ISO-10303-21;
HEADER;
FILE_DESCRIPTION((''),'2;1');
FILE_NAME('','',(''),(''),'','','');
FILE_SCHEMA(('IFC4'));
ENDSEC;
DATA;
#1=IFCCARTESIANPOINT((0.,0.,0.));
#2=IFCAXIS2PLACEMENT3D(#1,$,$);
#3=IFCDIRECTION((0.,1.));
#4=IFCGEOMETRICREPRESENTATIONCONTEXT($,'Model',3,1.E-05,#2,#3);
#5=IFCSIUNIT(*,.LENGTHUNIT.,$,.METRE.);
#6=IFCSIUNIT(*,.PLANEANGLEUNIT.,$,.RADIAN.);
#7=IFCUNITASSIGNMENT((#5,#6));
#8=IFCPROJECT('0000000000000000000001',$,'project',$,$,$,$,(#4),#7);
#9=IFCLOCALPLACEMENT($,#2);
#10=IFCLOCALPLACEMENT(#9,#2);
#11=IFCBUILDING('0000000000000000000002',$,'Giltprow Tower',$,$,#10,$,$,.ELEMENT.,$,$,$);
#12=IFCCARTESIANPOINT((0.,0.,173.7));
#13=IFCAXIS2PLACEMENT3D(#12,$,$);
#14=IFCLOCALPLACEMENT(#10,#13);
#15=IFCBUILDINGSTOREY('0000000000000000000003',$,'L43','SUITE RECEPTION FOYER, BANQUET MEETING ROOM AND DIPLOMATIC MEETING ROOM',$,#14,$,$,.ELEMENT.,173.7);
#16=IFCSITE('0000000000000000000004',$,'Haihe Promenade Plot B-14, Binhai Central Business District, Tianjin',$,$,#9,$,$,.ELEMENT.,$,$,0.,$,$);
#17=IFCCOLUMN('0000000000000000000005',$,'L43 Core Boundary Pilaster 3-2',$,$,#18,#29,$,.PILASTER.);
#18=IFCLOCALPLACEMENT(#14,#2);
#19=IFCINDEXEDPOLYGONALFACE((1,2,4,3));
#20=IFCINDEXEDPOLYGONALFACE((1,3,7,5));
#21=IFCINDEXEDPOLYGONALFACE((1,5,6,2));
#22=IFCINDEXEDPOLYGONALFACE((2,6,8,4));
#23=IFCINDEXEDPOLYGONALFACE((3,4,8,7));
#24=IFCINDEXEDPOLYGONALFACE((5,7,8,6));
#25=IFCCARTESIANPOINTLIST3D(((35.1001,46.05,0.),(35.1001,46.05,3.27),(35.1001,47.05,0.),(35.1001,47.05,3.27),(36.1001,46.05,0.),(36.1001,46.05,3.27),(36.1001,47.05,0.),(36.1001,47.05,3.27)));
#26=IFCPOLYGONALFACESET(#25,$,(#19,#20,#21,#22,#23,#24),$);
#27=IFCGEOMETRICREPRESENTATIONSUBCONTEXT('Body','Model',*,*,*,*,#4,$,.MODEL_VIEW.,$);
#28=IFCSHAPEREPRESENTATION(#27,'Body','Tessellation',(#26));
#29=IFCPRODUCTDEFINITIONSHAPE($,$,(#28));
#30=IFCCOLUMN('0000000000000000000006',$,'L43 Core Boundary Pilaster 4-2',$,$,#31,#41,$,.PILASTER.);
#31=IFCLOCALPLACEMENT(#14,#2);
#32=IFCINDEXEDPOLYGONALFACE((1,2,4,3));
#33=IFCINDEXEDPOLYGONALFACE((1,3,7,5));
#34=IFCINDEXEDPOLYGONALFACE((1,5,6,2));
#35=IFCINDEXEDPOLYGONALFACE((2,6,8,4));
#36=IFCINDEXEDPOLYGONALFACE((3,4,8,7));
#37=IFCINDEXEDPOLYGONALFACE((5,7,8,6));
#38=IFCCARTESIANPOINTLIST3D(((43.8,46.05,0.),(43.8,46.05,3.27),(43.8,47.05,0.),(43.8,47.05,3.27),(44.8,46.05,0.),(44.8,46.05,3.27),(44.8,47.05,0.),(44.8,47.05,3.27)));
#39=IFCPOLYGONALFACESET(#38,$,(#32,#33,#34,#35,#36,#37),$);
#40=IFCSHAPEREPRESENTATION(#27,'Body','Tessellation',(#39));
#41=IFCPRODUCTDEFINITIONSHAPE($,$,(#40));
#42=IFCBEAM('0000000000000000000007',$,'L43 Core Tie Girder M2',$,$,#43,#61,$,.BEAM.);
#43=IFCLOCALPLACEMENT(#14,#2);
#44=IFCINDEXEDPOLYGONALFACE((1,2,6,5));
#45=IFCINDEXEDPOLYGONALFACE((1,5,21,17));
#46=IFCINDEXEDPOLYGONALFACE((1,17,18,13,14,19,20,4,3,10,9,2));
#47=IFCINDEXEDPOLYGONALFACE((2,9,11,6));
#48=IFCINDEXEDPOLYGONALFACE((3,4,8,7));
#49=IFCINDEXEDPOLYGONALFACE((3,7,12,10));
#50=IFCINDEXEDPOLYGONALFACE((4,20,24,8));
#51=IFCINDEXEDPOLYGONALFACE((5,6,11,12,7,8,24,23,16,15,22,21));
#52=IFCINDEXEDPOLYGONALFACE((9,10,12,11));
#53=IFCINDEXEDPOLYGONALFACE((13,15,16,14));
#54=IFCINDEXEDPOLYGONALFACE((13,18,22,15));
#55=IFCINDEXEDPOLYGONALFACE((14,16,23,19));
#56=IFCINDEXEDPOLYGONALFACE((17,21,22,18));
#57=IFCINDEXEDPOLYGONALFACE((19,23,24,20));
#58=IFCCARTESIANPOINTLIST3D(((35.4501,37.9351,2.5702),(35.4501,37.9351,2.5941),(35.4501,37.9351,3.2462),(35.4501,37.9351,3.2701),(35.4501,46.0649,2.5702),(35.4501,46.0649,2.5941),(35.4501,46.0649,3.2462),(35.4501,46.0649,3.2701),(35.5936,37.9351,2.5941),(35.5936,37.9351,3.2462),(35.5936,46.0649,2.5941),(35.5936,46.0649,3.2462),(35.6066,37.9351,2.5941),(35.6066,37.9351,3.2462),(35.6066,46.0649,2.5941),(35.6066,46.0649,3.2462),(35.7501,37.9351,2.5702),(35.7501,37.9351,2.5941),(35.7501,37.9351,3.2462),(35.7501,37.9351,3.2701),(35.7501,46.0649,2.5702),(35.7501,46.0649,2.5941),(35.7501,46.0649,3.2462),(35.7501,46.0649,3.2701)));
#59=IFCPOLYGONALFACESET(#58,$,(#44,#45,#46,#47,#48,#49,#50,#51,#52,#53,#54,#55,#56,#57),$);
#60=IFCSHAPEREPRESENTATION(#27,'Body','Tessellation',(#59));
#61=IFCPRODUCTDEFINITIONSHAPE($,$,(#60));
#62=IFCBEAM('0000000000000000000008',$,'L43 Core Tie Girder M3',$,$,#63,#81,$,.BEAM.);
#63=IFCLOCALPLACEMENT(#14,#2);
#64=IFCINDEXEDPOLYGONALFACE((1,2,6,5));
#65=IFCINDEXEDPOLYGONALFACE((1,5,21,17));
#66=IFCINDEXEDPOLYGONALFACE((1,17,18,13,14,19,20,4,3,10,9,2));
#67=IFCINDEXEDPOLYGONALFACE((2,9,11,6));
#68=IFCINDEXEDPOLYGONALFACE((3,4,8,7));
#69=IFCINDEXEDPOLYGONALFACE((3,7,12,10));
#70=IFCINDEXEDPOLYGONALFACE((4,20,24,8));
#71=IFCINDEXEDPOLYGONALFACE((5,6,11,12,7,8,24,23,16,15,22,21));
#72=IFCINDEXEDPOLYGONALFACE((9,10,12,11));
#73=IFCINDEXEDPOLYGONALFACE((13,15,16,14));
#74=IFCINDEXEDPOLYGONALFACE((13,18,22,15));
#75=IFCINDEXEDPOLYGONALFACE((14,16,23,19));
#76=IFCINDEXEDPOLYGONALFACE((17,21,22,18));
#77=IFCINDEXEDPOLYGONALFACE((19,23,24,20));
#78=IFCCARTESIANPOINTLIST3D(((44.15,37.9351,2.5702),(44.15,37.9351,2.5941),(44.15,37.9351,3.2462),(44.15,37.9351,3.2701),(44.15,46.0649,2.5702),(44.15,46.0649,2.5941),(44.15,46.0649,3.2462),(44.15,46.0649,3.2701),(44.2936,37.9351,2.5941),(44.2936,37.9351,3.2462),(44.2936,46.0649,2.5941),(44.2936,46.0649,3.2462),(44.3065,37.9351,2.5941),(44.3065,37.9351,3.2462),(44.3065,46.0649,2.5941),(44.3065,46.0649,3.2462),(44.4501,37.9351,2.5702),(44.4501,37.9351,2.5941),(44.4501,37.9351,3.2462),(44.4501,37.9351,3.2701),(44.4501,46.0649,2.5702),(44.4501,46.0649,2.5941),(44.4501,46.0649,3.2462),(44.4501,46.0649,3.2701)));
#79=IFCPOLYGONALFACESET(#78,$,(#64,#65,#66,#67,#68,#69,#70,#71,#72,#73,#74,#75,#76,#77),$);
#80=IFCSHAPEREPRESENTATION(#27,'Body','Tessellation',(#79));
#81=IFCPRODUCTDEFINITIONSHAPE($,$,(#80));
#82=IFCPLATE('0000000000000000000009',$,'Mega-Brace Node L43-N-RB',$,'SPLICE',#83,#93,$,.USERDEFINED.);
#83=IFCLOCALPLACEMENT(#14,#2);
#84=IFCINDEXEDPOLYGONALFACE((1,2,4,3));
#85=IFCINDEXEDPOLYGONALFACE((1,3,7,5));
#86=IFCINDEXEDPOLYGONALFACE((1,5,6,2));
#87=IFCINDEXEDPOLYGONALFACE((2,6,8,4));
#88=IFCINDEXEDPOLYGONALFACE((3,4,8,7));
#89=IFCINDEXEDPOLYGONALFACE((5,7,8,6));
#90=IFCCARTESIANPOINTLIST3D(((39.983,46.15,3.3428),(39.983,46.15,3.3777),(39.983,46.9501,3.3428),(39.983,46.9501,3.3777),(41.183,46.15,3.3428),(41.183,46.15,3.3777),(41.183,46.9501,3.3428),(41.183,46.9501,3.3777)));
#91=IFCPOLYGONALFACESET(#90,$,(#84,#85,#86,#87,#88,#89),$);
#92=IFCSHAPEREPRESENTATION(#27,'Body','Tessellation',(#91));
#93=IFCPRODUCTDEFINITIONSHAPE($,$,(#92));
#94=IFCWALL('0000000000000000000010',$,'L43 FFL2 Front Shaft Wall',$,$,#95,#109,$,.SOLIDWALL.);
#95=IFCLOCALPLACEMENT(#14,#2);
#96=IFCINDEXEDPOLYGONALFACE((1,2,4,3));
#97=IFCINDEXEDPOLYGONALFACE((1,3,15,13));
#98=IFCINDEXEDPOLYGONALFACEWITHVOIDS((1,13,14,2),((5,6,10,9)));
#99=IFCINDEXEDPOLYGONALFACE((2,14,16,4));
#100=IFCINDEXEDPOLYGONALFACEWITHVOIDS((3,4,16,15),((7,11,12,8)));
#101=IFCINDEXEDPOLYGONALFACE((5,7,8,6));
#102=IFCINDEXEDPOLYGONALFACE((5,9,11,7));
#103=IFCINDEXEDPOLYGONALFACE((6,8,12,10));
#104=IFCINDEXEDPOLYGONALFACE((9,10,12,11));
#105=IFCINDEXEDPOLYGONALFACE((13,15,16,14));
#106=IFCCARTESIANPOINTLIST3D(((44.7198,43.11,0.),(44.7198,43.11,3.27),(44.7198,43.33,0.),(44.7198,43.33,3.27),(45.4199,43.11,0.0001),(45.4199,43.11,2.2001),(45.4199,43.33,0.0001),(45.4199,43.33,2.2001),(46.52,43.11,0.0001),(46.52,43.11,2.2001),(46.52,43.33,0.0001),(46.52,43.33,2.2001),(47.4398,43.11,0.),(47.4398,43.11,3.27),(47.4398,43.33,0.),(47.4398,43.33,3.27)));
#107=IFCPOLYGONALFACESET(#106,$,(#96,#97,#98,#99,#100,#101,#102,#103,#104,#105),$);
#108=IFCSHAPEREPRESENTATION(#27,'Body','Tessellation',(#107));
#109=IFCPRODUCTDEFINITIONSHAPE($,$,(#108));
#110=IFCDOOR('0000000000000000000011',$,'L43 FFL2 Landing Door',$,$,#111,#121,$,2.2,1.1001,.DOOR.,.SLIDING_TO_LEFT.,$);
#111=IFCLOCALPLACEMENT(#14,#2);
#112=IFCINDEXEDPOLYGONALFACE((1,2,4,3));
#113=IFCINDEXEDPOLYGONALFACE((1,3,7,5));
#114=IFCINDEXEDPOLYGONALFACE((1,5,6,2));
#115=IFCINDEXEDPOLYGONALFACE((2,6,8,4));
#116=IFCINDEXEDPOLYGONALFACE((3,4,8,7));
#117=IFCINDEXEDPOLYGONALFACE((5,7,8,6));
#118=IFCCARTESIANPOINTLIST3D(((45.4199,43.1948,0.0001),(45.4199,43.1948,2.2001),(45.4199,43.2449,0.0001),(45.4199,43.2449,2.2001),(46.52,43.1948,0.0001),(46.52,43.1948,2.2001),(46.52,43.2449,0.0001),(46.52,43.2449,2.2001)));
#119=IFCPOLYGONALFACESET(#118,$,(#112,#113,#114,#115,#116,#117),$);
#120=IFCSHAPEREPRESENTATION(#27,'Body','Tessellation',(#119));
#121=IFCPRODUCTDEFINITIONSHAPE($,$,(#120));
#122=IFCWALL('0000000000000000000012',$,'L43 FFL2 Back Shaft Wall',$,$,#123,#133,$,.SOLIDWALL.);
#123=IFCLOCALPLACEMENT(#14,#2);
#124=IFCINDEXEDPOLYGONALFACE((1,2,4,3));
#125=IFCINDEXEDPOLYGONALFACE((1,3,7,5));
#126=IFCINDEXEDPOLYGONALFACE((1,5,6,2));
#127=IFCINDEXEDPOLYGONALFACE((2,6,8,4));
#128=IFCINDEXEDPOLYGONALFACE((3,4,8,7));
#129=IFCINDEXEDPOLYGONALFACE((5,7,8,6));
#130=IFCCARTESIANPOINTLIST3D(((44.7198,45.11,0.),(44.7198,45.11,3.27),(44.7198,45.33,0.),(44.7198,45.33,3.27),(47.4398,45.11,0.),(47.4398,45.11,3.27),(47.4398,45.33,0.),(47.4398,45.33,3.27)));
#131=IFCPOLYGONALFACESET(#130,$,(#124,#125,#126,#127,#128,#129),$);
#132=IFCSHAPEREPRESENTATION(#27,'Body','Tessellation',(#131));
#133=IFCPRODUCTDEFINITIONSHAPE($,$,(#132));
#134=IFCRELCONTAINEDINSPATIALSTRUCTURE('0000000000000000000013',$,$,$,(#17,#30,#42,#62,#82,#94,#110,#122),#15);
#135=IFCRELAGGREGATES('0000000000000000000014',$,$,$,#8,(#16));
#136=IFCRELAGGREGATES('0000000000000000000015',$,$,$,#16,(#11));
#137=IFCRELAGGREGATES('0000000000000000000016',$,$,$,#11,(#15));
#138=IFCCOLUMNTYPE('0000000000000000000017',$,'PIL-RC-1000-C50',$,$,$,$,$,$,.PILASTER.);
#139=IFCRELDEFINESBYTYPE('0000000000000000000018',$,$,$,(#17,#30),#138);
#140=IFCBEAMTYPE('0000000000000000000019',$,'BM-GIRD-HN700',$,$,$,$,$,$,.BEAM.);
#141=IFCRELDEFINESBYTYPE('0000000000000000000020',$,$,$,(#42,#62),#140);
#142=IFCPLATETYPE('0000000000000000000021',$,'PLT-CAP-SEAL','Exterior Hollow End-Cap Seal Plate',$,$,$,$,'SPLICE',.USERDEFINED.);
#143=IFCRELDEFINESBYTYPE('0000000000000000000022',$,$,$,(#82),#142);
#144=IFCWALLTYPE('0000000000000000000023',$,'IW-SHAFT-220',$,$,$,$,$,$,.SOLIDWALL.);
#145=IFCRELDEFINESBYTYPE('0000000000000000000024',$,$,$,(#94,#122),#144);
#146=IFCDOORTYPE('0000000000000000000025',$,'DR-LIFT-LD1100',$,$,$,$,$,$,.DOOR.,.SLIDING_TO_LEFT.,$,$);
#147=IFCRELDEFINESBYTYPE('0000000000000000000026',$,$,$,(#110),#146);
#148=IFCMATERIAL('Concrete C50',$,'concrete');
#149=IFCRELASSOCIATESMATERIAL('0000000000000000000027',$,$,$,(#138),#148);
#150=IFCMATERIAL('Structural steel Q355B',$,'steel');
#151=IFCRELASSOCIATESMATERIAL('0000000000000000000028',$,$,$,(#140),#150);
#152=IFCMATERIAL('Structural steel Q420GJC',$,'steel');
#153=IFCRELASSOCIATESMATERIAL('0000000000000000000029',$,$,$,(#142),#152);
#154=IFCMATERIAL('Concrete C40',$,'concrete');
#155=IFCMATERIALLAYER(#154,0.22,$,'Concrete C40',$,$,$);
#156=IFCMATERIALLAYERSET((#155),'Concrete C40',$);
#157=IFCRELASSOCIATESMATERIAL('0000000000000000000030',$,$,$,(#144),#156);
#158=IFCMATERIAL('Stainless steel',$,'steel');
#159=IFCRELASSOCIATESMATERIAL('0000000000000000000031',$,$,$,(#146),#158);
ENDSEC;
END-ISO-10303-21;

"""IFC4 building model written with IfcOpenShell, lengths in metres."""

from ifc_helpers import new_model, si_unit, direction, frame, frame_2d, origin, origin_2d, place, context, subcontext, project, spatial, rectangle, i_section, extrude, source, transform, mapped, material, layer, layer_set, material_profile, profile_set, type_object, element, fill, save


model = new_model("IFC4")

# Units and contexts
model_context = context("Model", 3, precision=1e-05, world=origin(), true_north=direction((0.0, 1.0)))
body_context = subcontext(model_context, "Body", "Model", "MODEL_VIEW")
ifc_project = project(units=[si_unit("LENGTHUNIT", "METRE"), si_unit("PLANEANGLEUNIT", "RADIAN")], contexts=[model_context])

# Site, building, storey
site_placement = place(None, origin())
site = spatial("IfcSite", under=ifc_project, at=site_placement, Name="Haihe Promenade Plot B-14, Binhai Central Business District, Tianjin", CompositionType="ELEMENT", RefElevation=0.0)
building_placement = place(site_placement, origin())
building = spatial("IfcBuilding", under=site, at=building_placement, Name="Giltprow Tower", CompositionType="ELEMENT")
storey_placement = place(building_placement, frame((0.0, 0.0, 173.7)))
storey = spatial("IfcBuildingStorey", under=building, at=storey_placement, Name="L43", Description="SUITE RECEPTION FOYER, BANQUET MEETING ROOM AND DIPLOMATIC MEETING ROOM", CompositionType="ELEMENT", Elevation=173.7)

# Columns
ifc_material_1 = material(Name="Concrete C50", Category="concrete")
ifc_material_profile_1 = material_profile(ifc_material_1, rectangle(XDim=1.0, YDim=1.0, at=origin_2d()), Name="RC 1000x1000")
ifc_profile_set_1 = profile_set([ifc_material_profile_1], Name="Concrete C50")
column_type = type_object("IfcColumnType", Name="PIL-RC-1000-C50", PredefinedType="PILASTER", material=ifc_profile_set_1)
shared_shape_1 = source(origin(), body_context, "Body", "SweptSolid", [
    extrude(rectangle(XDim=1.0, YDim=1.0, at=origin_2d()), origin(), (0.0, 0.0, 1.0), 3.27),
])
for number, where, z_axis, x_axis, name in (
    (1, (35.6001, 46.55, 0.0), (0.0, 0.0, 1.0), (1.0, 0.0, 0.0), "L43 Core Boundary Pilaster 3-2"),
    (2, (44.3, 46.55, 0.0), (0.0, 0.0, 1.0), (1.0, 0.0, 0.0), "L43 Core Boundary Pilaster 4-2"),
):
    element("IfcColumn", number, at=place(storey_placement, frame(where, z_axis=z_axis, x_axis=x_axis)), inside=storey, type_object=column_type, Name=name, PredefinedType="PILASTER", context=body_context, shape_type="MappedRepresentation", body=[
        mapped(shared_shape_1, transform((0.0, 0.0, 0.0), x_axis=(1.0, 0.0, 0.0), y_axis=(0.0, 1.0, 0.0), z_axis=(0.0, 0.0, 1.0), scale=1.0)),
    ])

# Beams
ifc_material_2 = material(Name="Structural steel Q355B", Category="steel")
ifc_material_profile_2 = material_profile(ifc_material_2, i_section(OverallWidth=0.3, OverallDepth=0.7, WebThickness=0.0129, FlangeThickness=0.0239, at=origin_2d()), Name="HN 700x300x13x24")
ifc_profile_set_2 = profile_set([ifc_material_profile_2], Name="Structural steel Q355B")
beam_type = type_object("IfcBeamType", Name="BM-GIRD-HN700", PredefinedType="BEAM", material=ifc_profile_set_2)
shared_shape_2 = source(origin(), body_context, "Body", "SweptSolid", [
    extrude(i_section(OverallWidth=0.3, OverallDepth=0.7, WebThickness=0.0129, FlangeThickness=0.0239, at=origin_2d()), origin(), (0.0, 0.0, 1.0), 8.1299),
])
for number, where, z_axis, x_axis, name in (
    (3, (35.6001, 37.9351, 2.9202), (0.0, 1.0, 0.0), (-1.0, 0.0, 0.0), "L43 Core Tie Girder M2"),
    (4, (44.3, 37.9351, 2.9202), (0.0, 1.0, 0.0), (-1.0, 0.0, 0.0), "L43 Core Tie Girder M3"),
):
    element("IfcBeam", number, at=place(storey_placement, frame(where, z_axis=z_axis, x_axis=x_axis)), inside=storey, type_object=beam_type, Name=name, PredefinedType="BEAM", context=body_context, shape_type="MappedRepresentation", body=[
        mapped(shared_shape_2, transform((0.0, 0.0, 0.0), x_axis=(1.0, 0.0, 0.0), y_axis=(0.0, 1.0, 0.0), z_axis=(0.0, 0.0, 1.0), scale=1.0)),
    ])

# Plate
ifc_material_3 = material(Name="Structural steel Q420GJC", Category="steel")
plate_type = type_object("IfcPlateType", Name="PLT-CAP-SEAL", Description="Exterior Hollow End-Cap Seal Plate", ElementType="SPLICE", PredefinedType="USERDEFINED", material=ifc_material_3)
shared_shape_3 = source(origin(), body_context, "Body", "SweptSolid", [
    extrude(rectangle(XDim=1.2, YDim=0.8, at=origin_2d()), origin(), (0.0, 0.0, 1.0), 0.0349),
])
plate_placement = place(storey_placement, frame((40.583, 46.55, 3.3428), z_axis=(0.0, 0.0, 1.0), x_axis=(1.0, 0.0, 0.0)))
element("IfcPlate", 5, at=plate_placement, inside=storey, type_object=plate_type, Name="Mega-Brace Node L43-N-RB", ObjectType="SPLICE", PredefinedType="USERDEFINED", context=body_context, shape_type="MappedRepresentation", body=[
    mapped(shared_shape_3, transform((0.0, 0.0, 0.0), x_axis=(1.0, 0.0, 0.0), y_axis=(0.0, 1.0, 0.0), z_axis=(0.0, 0.0, 1.0), scale=1.0)),
])

# Wall, opening, door
ifc_material_4 = material(Name="Concrete C40", Category="concrete")
ifc_layer_1 = layer(ifc_material_4, 0.22, Name="Concrete C40")
ifc_layer_set_1 = layer_set([ifc_layer_1], Name="Concrete C40")
wall_type_1 = type_object("IfcWallType", Name="IW-SHAFT-220", PredefinedType="SOLIDWALL", material=ifc_layer_set_1)
wall_1_placement = place(storey_placement, frame((44.72, 43.22, 0.0), z_axis=(0.0, 0.0, 1.0), x_axis=(1.0, 0.0, 0.0)))
wall_1 = element("IfcWall", 6, at=wall_1_placement, inside=storey, type_object=wall_type_1, Name="L43 FFL2 Front Shaft Wall", PredefinedType="SOLIDWALL", context=body_context, shape_type="SweptSolid", body=[
    extrude(rectangle(XDim=2.72, YDim=0.22, at=frame_2d((1.3599, 0.0))), origin(), (0.0, 0.0, 1.0), 3.27),
])
opening_1_placement = place(wall_1_placement, frame((0.7, 0.0, 0.0)))
opening_1 = element("IfcOpeningElement", 7, at=opening_1_placement, cuts=wall_1, PredefinedType="OPENING", context=body_context, shape_type="SweptSolid", body=[
    extrude(rectangle(XDim=1.1001, YDim=2.2, at=frame_2d((0.55, 1.1001))), frame((0.0, 0.1199, 0.0), z_axis=(0.0, -1.0, 0.0), x_axis=(1.0, 0.0, 0.0)), (0.0, 0.0, 1.0), 0.24),
])
ifc_material_5 = material(Name="Stainless steel", Category="steel")
door_type = type_object("IfcDoorType", Name="DR-LIFT-LD1100", OperationType="SLIDING_TO_LEFT", PredefinedType="DOOR", material=ifc_material_5)
shared_shape_4 = source(origin(), body_context, "Body", "SweptSolid", [
    extrude(rectangle(XDim=1.1001, YDim=2.2, at=frame_2d((0.55, 1.1001))), frame((0.0, 0.0249, 0.0), z_axis=(0.0, -1.0, 0.0), x_axis=(1.0, 0.0, 0.0)), (0.0, 0.0, 1.0), 0.05),
])
door_1_placement = place(opening_1_placement, origin())
door_1 = element("IfcDoor", 8, at=door_1_placement, inside=storey, type_object=door_type, Name="L43 FFL2 Landing Door", OperationType="SLIDING_TO_LEFT", OverallHeight=2.2, OverallWidth=1.1001, PredefinedType="DOOR", context=body_context, shape_type="MappedRepresentation", body=[
    mapped(shared_shape_4, transform((0.0, 0.0, 0.0), x_axis=(1.0, 0.0, 0.0), y_axis=(0.0, 1.0, 0.0), z_axis=(0.0, 0.0, 1.0), scale=1.0)),
])
fill(opening_1, door_1)

# Wall
wall_2_placement = place(storey_placement, frame((44.72, 45.22, 0.0), z_axis=(0.0, 0.0, 1.0), x_axis=(1.0, 0.0, 0.0)))
element("IfcWall", 9, at=wall_2_placement, inside=storey, type_object=wall_type_1, Name="L43 FFL2 Back Shaft Wall", PredefinedType="SOLIDWALL", context=body_context, shape_type="SweptSolid", body=[
    extrude(rectangle(XDim=2.72, YDim=0.22, at=frame_2d((1.3599, 0.0))), origin(), (0.0, 0.0, 1.0), 3.27),
])

save(model, "model.ifc")
